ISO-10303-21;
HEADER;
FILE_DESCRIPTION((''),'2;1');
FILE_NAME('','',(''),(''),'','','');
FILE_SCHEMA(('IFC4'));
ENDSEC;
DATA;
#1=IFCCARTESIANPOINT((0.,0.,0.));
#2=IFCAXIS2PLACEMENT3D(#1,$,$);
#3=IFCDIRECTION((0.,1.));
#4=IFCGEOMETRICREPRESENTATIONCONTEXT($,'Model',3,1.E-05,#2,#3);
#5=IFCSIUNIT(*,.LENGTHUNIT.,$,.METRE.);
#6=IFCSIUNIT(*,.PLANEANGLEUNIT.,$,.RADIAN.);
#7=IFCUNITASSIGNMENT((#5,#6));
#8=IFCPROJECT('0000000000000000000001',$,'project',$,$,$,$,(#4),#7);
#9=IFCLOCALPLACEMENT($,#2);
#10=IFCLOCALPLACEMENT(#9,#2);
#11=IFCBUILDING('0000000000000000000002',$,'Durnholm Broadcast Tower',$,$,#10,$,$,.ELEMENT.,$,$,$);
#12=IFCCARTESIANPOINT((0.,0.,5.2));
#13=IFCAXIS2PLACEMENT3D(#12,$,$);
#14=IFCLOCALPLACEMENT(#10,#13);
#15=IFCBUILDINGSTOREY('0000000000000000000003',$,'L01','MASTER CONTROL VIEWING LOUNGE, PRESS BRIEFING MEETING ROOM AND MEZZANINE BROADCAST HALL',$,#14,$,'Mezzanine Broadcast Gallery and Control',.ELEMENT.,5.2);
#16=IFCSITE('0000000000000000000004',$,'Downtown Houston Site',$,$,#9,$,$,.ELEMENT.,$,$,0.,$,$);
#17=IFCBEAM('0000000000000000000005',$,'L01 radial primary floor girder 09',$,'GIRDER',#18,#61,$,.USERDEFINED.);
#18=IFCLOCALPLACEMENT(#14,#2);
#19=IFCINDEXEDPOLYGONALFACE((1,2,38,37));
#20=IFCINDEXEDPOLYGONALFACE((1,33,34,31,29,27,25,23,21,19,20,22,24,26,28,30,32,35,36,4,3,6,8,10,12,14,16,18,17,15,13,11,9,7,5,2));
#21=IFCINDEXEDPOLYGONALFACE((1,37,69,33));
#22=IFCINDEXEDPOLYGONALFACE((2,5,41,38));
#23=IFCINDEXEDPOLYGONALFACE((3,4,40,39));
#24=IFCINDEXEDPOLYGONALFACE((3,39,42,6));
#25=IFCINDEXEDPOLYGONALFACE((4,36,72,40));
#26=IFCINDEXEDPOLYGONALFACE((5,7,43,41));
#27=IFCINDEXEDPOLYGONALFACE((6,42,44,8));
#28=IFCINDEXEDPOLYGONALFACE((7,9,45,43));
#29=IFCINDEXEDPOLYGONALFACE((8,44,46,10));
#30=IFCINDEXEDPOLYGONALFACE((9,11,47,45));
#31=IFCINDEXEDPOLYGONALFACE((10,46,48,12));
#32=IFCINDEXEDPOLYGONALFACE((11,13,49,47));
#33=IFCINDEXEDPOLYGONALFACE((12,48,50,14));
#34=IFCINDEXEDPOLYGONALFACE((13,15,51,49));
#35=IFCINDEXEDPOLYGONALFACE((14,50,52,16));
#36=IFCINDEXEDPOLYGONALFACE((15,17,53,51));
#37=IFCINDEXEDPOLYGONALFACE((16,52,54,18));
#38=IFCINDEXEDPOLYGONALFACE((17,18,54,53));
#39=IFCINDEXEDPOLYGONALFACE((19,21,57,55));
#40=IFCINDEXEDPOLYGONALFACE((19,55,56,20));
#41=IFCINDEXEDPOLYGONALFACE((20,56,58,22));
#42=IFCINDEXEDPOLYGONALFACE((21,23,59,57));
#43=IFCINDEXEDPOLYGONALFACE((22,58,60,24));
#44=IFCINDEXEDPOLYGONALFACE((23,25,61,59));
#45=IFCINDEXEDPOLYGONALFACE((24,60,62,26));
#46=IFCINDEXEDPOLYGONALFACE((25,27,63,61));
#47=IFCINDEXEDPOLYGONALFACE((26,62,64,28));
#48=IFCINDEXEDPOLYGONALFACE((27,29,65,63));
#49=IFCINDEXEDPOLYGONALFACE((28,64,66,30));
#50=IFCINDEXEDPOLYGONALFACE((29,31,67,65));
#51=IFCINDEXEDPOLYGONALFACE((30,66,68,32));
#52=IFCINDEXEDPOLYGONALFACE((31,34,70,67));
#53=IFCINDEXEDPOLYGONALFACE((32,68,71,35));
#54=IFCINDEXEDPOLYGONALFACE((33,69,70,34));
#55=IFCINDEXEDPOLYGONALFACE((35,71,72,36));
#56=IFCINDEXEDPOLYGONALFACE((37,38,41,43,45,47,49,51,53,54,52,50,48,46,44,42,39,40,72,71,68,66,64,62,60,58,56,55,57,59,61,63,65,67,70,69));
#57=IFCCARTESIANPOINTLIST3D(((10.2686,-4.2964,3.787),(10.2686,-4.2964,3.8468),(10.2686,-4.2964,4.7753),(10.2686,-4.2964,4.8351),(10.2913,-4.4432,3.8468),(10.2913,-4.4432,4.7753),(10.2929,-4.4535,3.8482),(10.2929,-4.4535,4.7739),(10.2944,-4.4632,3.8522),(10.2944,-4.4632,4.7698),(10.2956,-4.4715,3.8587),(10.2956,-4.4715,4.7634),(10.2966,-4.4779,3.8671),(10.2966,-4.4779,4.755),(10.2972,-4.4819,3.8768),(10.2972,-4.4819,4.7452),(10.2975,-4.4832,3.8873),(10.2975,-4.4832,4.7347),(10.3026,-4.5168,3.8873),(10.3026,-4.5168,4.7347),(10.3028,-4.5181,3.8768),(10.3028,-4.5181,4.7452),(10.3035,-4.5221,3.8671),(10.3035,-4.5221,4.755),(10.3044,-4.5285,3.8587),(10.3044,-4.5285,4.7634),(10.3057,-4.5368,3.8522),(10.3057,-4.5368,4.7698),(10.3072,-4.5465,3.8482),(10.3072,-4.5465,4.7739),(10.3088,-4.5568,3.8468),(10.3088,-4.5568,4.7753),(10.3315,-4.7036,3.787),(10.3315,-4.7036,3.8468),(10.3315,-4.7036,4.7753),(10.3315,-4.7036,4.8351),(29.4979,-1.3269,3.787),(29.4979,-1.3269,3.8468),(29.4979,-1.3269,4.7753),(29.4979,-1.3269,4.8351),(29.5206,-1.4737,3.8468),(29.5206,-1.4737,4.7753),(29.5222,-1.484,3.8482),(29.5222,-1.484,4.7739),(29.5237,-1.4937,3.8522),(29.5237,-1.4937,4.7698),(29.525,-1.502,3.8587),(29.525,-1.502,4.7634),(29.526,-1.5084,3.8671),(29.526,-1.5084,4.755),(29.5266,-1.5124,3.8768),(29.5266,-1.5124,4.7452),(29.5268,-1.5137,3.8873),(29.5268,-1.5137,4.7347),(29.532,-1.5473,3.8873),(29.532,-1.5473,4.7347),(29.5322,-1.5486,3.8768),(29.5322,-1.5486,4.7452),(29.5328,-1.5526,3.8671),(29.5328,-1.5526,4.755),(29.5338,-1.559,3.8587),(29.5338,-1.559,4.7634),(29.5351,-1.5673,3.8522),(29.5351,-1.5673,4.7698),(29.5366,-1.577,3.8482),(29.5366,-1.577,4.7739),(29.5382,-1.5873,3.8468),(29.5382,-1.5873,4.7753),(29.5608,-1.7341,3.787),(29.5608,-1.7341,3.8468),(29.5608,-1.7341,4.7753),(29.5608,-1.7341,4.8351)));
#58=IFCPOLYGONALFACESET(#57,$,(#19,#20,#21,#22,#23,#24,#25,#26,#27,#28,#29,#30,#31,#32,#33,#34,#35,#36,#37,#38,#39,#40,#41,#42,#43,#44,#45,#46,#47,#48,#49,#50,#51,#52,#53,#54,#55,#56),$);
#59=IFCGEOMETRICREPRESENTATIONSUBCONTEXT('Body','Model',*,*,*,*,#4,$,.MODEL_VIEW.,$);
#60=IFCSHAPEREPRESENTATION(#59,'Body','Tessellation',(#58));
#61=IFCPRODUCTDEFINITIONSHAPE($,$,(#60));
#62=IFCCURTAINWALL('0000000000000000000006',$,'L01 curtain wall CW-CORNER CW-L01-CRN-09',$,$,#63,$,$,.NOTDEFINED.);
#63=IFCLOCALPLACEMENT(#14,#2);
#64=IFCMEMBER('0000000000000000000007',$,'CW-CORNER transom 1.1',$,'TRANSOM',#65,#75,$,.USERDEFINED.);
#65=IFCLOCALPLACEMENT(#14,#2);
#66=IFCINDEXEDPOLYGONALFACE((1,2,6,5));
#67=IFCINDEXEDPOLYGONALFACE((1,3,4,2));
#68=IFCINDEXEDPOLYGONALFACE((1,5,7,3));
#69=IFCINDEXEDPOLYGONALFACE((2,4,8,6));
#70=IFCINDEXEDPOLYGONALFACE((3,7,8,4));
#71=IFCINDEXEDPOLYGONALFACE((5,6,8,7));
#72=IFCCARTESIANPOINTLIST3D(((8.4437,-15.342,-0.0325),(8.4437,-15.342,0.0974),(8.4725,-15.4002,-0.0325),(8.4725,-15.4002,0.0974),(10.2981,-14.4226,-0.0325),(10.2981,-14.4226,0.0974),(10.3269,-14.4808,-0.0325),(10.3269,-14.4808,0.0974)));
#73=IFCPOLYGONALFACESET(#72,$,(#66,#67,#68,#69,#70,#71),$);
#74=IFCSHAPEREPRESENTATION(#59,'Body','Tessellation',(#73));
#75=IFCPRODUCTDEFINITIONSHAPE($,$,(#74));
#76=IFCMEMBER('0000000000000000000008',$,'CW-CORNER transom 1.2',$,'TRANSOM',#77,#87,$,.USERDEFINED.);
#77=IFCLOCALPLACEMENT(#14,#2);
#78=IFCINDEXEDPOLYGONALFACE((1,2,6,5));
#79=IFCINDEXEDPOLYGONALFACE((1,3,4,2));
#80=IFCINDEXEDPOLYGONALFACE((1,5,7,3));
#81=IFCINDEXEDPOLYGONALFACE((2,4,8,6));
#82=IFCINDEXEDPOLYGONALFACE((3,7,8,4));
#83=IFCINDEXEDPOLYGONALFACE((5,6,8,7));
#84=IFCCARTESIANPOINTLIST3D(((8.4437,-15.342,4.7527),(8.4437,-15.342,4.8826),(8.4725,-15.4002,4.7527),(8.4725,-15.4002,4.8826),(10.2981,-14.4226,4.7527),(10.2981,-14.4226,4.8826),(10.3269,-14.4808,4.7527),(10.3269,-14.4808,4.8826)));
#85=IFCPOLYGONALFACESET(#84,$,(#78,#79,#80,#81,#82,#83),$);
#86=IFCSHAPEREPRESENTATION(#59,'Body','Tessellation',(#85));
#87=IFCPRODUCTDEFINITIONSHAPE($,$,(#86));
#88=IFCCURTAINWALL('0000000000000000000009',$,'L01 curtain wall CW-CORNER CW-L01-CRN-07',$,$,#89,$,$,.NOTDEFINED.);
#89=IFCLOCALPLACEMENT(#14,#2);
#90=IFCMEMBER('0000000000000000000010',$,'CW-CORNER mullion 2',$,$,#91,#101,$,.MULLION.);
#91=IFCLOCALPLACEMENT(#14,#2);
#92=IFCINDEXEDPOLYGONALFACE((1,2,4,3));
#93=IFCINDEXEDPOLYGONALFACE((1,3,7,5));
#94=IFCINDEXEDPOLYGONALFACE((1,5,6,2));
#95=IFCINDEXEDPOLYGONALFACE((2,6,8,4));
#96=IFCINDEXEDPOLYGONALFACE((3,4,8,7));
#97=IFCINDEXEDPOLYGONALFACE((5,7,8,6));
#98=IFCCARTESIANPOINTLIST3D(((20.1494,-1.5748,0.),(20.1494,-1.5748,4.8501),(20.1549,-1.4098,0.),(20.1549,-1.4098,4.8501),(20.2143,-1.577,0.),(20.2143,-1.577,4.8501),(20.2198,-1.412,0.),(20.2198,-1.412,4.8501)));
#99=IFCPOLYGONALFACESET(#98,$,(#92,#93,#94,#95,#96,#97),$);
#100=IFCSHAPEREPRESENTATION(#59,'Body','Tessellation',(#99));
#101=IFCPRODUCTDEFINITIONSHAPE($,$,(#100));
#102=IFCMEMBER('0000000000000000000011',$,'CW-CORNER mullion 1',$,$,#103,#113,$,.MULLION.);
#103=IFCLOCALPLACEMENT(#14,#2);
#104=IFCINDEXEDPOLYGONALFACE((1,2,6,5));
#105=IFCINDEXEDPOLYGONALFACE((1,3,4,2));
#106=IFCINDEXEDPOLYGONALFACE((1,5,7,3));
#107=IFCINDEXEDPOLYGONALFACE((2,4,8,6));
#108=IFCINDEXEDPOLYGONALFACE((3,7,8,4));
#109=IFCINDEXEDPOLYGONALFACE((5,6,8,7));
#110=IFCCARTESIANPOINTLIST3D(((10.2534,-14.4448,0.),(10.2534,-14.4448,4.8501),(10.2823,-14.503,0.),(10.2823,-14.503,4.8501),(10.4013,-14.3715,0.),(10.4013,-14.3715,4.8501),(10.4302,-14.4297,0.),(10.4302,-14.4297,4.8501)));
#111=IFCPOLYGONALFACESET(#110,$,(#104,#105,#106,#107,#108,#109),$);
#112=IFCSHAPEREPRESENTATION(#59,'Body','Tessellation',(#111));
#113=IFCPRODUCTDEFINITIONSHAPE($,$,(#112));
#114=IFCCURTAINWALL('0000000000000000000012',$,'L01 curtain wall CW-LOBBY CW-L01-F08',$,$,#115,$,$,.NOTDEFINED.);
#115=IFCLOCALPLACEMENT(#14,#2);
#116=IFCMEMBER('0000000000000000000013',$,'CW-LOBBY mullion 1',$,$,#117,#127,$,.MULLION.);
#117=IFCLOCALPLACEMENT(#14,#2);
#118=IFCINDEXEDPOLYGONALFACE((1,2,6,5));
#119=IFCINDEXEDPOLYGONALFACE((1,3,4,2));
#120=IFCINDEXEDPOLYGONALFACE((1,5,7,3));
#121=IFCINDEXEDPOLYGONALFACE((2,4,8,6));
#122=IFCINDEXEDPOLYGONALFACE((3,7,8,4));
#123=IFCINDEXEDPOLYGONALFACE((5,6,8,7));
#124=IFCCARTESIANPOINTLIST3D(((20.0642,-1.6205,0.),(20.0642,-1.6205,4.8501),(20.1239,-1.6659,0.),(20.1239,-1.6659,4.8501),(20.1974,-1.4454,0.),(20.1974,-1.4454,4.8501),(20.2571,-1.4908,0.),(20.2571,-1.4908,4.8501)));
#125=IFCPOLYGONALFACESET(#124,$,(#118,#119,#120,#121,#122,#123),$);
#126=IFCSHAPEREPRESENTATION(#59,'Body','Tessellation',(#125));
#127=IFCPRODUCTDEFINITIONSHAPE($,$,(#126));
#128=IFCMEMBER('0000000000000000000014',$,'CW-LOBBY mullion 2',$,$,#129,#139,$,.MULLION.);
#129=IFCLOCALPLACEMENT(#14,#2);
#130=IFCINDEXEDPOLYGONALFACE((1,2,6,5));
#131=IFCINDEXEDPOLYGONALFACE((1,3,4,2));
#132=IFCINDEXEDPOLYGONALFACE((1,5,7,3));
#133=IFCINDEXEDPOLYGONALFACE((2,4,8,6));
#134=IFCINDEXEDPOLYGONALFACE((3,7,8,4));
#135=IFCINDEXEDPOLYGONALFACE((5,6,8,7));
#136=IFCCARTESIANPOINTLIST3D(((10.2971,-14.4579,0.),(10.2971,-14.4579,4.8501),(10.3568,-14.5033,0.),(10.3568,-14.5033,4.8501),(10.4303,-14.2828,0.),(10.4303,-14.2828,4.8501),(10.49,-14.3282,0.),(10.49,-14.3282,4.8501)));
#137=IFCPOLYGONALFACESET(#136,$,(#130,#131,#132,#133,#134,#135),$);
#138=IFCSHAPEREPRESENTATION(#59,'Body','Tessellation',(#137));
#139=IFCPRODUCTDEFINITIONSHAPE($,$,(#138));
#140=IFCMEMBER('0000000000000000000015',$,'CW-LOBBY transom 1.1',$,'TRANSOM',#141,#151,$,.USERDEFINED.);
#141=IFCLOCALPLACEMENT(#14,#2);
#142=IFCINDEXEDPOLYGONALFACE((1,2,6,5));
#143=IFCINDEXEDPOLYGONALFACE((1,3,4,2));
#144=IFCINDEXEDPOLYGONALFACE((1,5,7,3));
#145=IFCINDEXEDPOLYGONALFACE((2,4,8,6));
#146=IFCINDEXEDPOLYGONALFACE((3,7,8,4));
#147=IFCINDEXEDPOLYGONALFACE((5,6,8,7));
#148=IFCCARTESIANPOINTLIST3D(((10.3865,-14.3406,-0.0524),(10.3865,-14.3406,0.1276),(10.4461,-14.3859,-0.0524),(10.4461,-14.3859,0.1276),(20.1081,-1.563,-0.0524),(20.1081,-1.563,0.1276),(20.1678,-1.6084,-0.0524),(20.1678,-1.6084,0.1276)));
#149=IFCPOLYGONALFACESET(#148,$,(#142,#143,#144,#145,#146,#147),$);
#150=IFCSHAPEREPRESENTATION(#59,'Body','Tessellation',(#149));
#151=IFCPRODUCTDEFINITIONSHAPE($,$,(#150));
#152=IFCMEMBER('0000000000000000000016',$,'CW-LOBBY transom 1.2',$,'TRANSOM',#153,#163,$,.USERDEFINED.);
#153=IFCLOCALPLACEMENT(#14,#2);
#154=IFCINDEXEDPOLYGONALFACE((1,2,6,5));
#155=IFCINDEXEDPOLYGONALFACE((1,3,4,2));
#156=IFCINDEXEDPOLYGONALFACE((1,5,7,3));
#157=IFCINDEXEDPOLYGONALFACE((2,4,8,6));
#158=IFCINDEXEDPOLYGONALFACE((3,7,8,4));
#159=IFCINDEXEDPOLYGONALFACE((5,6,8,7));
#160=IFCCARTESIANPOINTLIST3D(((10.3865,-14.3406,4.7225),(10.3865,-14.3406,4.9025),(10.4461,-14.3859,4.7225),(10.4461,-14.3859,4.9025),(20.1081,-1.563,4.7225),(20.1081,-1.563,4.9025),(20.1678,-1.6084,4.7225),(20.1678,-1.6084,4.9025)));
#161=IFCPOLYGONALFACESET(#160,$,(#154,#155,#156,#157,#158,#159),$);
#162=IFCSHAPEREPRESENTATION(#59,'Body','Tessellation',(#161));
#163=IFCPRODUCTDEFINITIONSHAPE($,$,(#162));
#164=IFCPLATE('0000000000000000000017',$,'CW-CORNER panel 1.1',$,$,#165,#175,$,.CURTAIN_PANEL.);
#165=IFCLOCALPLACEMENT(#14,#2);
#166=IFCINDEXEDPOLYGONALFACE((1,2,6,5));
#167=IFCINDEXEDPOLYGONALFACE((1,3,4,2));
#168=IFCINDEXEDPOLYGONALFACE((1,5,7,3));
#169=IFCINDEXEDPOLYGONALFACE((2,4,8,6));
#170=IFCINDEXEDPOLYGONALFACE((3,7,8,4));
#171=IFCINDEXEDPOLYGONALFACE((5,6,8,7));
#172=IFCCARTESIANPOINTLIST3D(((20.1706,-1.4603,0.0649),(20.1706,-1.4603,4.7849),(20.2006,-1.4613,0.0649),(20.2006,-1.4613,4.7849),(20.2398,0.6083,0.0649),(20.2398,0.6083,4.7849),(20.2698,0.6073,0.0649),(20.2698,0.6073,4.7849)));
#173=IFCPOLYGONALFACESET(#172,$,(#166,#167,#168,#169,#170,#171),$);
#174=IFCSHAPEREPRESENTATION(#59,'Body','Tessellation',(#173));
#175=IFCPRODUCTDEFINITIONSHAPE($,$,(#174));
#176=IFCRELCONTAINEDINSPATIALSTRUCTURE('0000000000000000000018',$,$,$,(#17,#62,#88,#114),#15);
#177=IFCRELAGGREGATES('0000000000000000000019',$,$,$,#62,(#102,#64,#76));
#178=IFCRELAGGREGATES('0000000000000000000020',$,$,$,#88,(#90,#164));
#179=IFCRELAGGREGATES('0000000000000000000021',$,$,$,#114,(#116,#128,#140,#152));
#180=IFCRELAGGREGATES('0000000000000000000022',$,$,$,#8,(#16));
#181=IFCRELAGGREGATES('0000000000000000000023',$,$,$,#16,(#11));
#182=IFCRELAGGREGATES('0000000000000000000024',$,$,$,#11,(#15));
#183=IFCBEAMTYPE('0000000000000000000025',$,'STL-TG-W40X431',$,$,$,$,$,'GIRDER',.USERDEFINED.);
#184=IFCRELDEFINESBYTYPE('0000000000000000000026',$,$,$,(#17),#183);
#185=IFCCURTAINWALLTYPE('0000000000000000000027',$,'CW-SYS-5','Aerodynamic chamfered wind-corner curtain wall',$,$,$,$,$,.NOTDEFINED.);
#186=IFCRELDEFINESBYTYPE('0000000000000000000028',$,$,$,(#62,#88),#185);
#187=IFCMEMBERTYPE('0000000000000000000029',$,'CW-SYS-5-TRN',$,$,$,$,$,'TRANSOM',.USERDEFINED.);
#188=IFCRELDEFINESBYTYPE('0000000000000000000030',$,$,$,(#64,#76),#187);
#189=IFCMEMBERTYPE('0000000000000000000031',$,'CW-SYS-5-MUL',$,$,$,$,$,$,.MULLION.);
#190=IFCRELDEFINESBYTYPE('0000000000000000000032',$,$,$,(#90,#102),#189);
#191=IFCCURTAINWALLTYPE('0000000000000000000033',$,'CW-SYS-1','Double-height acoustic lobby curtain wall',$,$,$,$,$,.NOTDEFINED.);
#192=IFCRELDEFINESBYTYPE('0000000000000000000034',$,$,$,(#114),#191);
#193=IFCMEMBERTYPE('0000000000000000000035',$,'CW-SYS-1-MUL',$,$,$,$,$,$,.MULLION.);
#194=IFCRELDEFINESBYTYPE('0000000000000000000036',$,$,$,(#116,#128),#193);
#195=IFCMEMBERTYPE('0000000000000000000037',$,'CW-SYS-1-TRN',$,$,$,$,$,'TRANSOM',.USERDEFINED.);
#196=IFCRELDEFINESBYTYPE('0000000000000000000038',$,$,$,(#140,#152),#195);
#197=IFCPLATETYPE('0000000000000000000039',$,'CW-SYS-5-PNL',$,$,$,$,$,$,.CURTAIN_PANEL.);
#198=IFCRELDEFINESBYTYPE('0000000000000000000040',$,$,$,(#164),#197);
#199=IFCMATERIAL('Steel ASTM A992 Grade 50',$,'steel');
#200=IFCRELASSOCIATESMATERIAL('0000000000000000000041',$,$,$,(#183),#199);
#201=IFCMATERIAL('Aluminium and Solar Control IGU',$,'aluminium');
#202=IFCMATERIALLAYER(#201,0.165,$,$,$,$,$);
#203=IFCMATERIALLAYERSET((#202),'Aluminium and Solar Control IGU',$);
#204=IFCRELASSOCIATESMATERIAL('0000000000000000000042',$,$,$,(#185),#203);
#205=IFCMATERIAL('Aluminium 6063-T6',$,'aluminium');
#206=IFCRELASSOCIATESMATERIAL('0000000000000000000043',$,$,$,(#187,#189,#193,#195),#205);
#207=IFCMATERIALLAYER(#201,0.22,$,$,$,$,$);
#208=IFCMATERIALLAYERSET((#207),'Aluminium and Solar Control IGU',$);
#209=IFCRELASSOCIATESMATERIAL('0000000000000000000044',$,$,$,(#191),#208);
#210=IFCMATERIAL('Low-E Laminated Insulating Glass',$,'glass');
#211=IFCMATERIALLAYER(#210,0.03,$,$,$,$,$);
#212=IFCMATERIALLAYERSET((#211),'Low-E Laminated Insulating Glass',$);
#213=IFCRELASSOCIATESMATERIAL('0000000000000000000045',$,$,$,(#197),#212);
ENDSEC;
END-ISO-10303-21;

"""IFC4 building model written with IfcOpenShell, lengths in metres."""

from ifc_helpers import new_model, si_unit, direction, frame, origin, origin_2d, place, context, subcontext, project, spatial, rectangle, i_section, extrude, source, transform, mapped, material, layer, layer_set, material_profile, profile_set, type_object, type_shapes, element, aggregate, save


model = new_model("IFC4")

# Units and contexts
model_context = context("Model", 3, precision=1e-05, world=origin(), true_north=direction((0.0, 1.0)))
body_context = subcontext(model_context, "Body", "Model", "MODEL_VIEW")
ifc_project = project(units=[si_unit("LENGTHUNIT", "METRE"), si_unit("PLANEANGLEUNIT", "RADIAN")], contexts=[model_context])

# Site, building, storey
site_placement = place(None, origin())
site = spatial("IfcSite", under=ifc_project, at=site_placement, Name="Downtown Houston Site", CompositionType="ELEMENT", RefElevation=0.0)
building_placement = place(site_placement, origin())
building = spatial("IfcBuilding", under=site, at=building_placement, Name="Durnholm Broadcast Tower", CompositionType="ELEMENT")
storey_placement = place(building_placement, frame((0.0, 0.0, 5.2)))
storey = spatial("IfcBuildingStorey", under=building, at=storey_placement, Name="L01", Description="MASTER CONTROL VIEWING LOUNGE, PRESS BRIEFING MEETING ROOM AND MEZZANINE BROADCAST HALL", LongName="Mezzanine Broadcast Gallery and Control", CompositionType="ELEMENT", Elevation=5.2)

# Shared definitions
ifc_material_1 = material(Name="Steel ASTM A992 Grade 50", Category="steel")

# Beam
ifc_material_profile_1 = material_profile(ifc_material_1, i_section(OverallWidth=0.4121, OverallDepth=1.0481, WebThickness=0.0339, FlangeThickness=0.0598, FilletRadius=0.0405, at=origin_2d()), Name="W40X431")
ifc_profile_set_1 = profile_set([ifc_material_profile_1], Name="Steel ASTM A992 Grade 50")
beam_type_1 = type_object("IfcBeamType", Name="STL-TG-W40X431", ElementType="GIRDER", PredefinedType="USERDEFINED", material=ifc_profile_set_1)
shared_shape_1 = source(origin(), body_context, "Body", "SweptSolid", [
    extrude(i_section(OverallWidth=0.4121, OverallDepth=1.0481, WebThickness=0.0339, FlangeThickness=0.0598, FilletRadius=0.0405, at=origin_2d()), origin(), (0.0, 0.0, 1.0), 19.4573),
])
type_shapes(beam_type_1, [shared_shape_1])
beam_1_placement = place(storey_placement, frame((10.3, -4.5, 4.311), z_axis=(0.988286, 0.152616, 0.0), x_axis=(-0.152616, 0.988286, 0.0)))
element("IfcBeam", 1, at=beam_1_placement, inside=storey, type_object=beam_type_1, Name="L01 radial primary floor girder 09", ObjectType="GIRDER", PredefinedType="USERDEFINED", context=body_context, shape_type="MappedRepresentation", body=[
    mapped(shared_shape_1, transform((0.0, 0.0, 0.0), x_axis=(1.0, 0.0, 0.0), y_axis=(0.0, 1.0, 0.0), z_axis=(0.0, 0.0, 1.0), scale=1.0)),
])

# Curtain wall, members
ifc_material_2 = material(Name="Aluminium and Solar Control IGU", Category="aluminium")
ifc_layer_1 = layer(ifc_material_2, 0.165)
ifc_layer_set_1 = layer_set([ifc_layer_1], Name="Aluminium and Solar Control IGU")
curtain_wall_type_1 = type_object("IfcCurtainWallType", Name="CW-SYS-5", Description="Aerodynamic chamfered wind-corner curtain wall", PredefinedType="NOTDEFINED", material=ifc_layer_set_1)
curtain_wall_1_placement = place(storey_placement, origin())
curtain_wall_1 = element("IfcCurtainWall", 2, at=curtain_wall_1_placement, inside=storey, type_object=curtain_wall_type_1, Name="L01 curtain wall CW-CORNER CW-L01-CRN-09", PredefinedType="NOTDEFINED")
ifc_material_3 = material(Name="Aluminium 6063-T6", Category="aluminium")
ifc_material_profile_2 = material_profile(ifc_material_3, rectangle(XDim=0.0649, YDim=0.1299, at=origin_2d()), Name="CWT65X130")
ifc_profile_set_2 = profile_set([ifc_material_profile_2], Name="Aluminium 6063-T6")
member_type_1 = type_object("IfcMemberType", Name="CW-SYS-5-TRN", ElementType="TRANSOM", PredefinedType="USERDEFINED", material=ifc_profile_set_2)
shared_shape_2 = source(origin(), body_context, "Body", "SweptSolid", [
    extrude(rectangle(XDim=0.0649, YDim=0.1299, at=origin_2d()), origin(), (0.0, 0.0, 1.0), 2.0698),
])
type_shapes(member_type_1, [shared_shape_2])
member_1_placement = place(storey_placement, frame((10.3125, -14.4517, 0.0325), z_axis=(-0.895932, -0.444192, 0.0), x_axis=(0.444192, -0.895932, 0.0)))
member_1 = element("IfcMember", 3, at=member_1_placement, type_object=member_type_1, Name="CW-CORNER transom 1.1", ObjectType="TRANSOM", PredefinedType="USERDEFINED", context=body_context, shape_type="MappedRepresentation", body=[
    mapped(shared_shape_2, transform((0.0, 0.0, 0.0), x_axis=(1.0, 0.0, 0.0), y_axis=(0.0, 1.0, 0.0), z_axis=(0.0, 0.0, 1.0), scale=1.0)),
])
member_2_placement = place(storey_placement, frame((10.3125, -14.4517, 4.8176), z_axis=(-0.895932, -0.444192, 0.0), x_axis=(0.444192, -0.895932, 0.0)))
member_2 = element("IfcMember", 4, at=member_2_placement, type_object=member_type_1, Name="CW-CORNER transom 1.2", ObjectType="TRANSOM", PredefinedType="USERDEFINED", context=body_context, shape_type="MappedRepresentation", body=[
    mapped(shared_shape_2, transform((0.0, 0.0, 0.0), x_axis=(1.0, 0.0, 0.0), y_axis=(0.0, 1.0, 0.0), z_axis=(0.0, 0.0, 1.0), scale=1.0)),
])

# Curtain wall, member
curtain_wall_2_placement = place(storey_placement, origin())
curtain_wall_2 = element("IfcCurtainWall", 5, at=curtain_wall_2_placement, inside=storey, type_object=curtain_wall_type_1, Name="L01 curtain wall CW-CORNER CW-L01-CRN-07", PredefinedType="NOTDEFINED")
ifc_material_profile_3 = material_profile(ifc_material_3, rectangle(XDim=0.0649, YDim=0.165, at=origin_2d()), Name="CWM65X165")
ifc_profile_set_3 = profile_set([ifc_material_profile_3], Name="Aluminium 6063-T6")
member_type_2 = type_object("IfcMemberType", Name="CW-SYS-5-MUL", PredefinedType="MULLION", material=ifc_profile_set_3)
shared_shape_3 = source(origin(), body_context, "Body", "SweptSolid", [
    extrude(rectangle(XDim=0.0649, YDim=0.165, at=origin_2d()), origin(), (0.0, 0.0, 1.0), 4.8501),
])
type_shapes(member_type_2, [shared_shape_3])
member_3_placement = place(storey_placement, frame((20.1846, -1.4934, 0.0), z_axis=(0.0, 0.0, 1.0), x_axis=(0.999442, -0.03341, 0.0)))
member_3 = element("IfcMember", 6, at=member_3_placement, type_object=member_type_2, Name="CW-CORNER mullion 2", PredefinedType="MULLION", context=body_context, shape_type="MappedRepresentation", body=[
    mapped(shared_shape_3, transform((0.0, 0.0, 0.0), x_axis=(1.0, 0.0, 0.0), y_axis=(0.0, 1.0, 0.0), z_axis=(0.0, 0.0, 1.0), scale=1.0)),
])

# Member
member_4_placement = place(storey_placement, frame((10.3418, -14.4373, 0.0), z_axis=(0.0, 0.0, 1.0), x_axis=(0.444138, -0.895958, 0.0)))
member_4 = element("IfcMember", 7, at=member_4_placement, type_object=member_type_2, Name="CW-CORNER mullion 1", PredefinedType="MULLION", context=body_context, shape_type="MappedRepresentation", body=[
    mapped(shared_shape_3, transform((0.0, 0.0, 0.0), x_axis=(1.0, 0.0, 0.0), y_axis=(0.0, 1.0, 0.0), z_axis=(0.0, 0.0, 1.0), scale=1.0)),
])
aggregate(curtain_wall_1, [member_4, member_1, member_2])

# Curtain wall, members
ifc_layer_2 = layer(ifc_material_2, 0.22)
ifc_layer_set_2 = layer_set([ifc_layer_2], Name="Aluminium and Solar Control IGU")
curtain_wall_type_2 = type_object("IfcCurtainWallType", Name="CW-SYS-1", Description="Double-height acoustic lobby curtain wall", PredefinedType="NOTDEFINED", material=ifc_layer_set_2)
curtain_wall_3_placement = place(storey_placement, origin())
curtain_wall_3 = element("IfcCurtainWall", 8, at=curtain_wall_3_placement, inside=storey, type_object=curtain_wall_type_2, Name="L01 curtain wall CW-LOBBY CW-L01-F08", PredefinedType="NOTDEFINED")
ifc_material_profile_4 = material_profile(ifc_material_3, rectangle(XDim=0.075, YDim=0.22, at=origin_2d()), Name="CWM75X220")
ifc_profile_set_4 = profile_set([ifc_material_profile_4], Name="Aluminium 6063-T6")
member_type_3 = type_object("IfcMemberType", Name="CW-SYS-1-MUL", PredefinedType="MULLION", material=ifc_profile_set_4)
shared_shape_4 = source(origin(), body_context, "Body", "SweptSolid", [
    extrude(rectangle(XDim=0.075, YDim=0.22, at=origin_2d()), origin(), (0.0, 0.0, 1.0), 4.8501),
])
type_shapes(member_type_3, [shared_shape_4])
member_5_placement = place(storey_placement, frame((20.1606, -1.5557, 0.0), z_axis=(0.0, 0.0, 1.0), x_axis=(0.795839, -0.605509, 0.0)))
member_5 = element("IfcMember", 9, at=member_5_placement, type_object=member_type_3, Name="CW-LOBBY mullion 1", PredefinedType="MULLION", context=body_context, shape_type="MappedRepresentation", body=[
    mapped(shared_shape_4, transform((0.0, 0.0, 0.0), x_axis=(1.0, 0.0, 0.0), y_axis=(0.0, 1.0, 0.0), z_axis=(0.0, 0.0, 1.0), scale=1.0)),
])
member_6_placement = place(storey_placement, frame((10.3936, -14.3931, 0.0), z_axis=(0.0, 0.0, 1.0), x_axis=(0.795839, -0.605509, 0.0)))
member_6 = element("IfcMember", 10, at=member_6_placement, type_object=member_type_3, Name="CW-LOBBY mullion 2", PredefinedType="MULLION", context=body_context, shape_type="MappedRepresentation", body=[
    mapped(shared_shape_4, transform((0.0, 0.0, 0.0), x_axis=(1.0, 0.0, 0.0), y_axis=(0.0, 1.0, 0.0), z_axis=(0.0, 0.0, 1.0), scale=1.0)),
])
ifc_material_profile_5 = material_profile(ifc_material_3, rectangle(XDim=0.075, YDim=0.1799, at=origin_2d()), Name="CWT75X180")
ifc_profile_set_5 = profile_set([ifc_material_profile_5], Name="Aluminium 6063-T6")
member_type_4 = type_object("IfcMemberType", Name="CW-SYS-1-TRN", ElementType="TRANSOM", PredefinedType="USERDEFINED", material=ifc_profile_set_5)
shared_shape_5 = source(origin(), body_context, "Body", "SweptSolid", [
    extrude(rectangle(XDim=0.075, YDim=0.1799, at=origin_2d()), origin(), (0.0, 0.0, 1.0), 16.0554),
])
type_shapes(member_type_4, [shared_shape_5])
member_7_placement = place(storey_placement, frame((20.1379, -1.5857, 0.0376), z_axis=(-0.605506, -0.795841, 0.0), x_axis=(0.795841, -0.605506, 0.0)))
member_7 = element("IfcMember", 11, at=member_7_placement, type_object=member_type_4, Name="CW-LOBBY transom 1.1", ObjectType="TRANSOM", PredefinedType="USERDEFINED", context=body_context, shape_type="MappedRepresentation", body=[
    mapped(shared_shape_5, transform((0.0, 0.0, 0.0), x_axis=(1.0, 0.0, 0.0), y_axis=(0.0, 1.0, 0.0), z_axis=(0.0, 0.0, 1.0), scale=1.0)),
])
member_8_placement = place(storey_placement, frame((20.1379, -1.5857, 4.8125), z_axis=(-0.605506, -0.795841, 0.0), x_axis=(0.795841, -0.605506, 0.0)))
member_8 = element("IfcMember", 12, at=member_8_placement, type_object=member_type_4, Name="CW-LOBBY transom 1.2", ObjectType="TRANSOM", PredefinedType="USERDEFINED", context=body_context, shape_type="MappedRepresentation", body=[
    mapped(shared_shape_5, transform((0.0, 0.0, 0.0), x_axis=(1.0, 0.0, 0.0), y_axis=(0.0, 1.0, 0.0), z_axis=(0.0, 0.0, 1.0), scale=1.0)),
])

# Plate
ifc_material_4 = material(Name="Low-E Laminated Insulating Glass", Category="glass")
ifc_layer_3 = layer(ifc_material_4, 0.03)
ifc_layer_set_3 = layer_set([ifc_layer_3], Name="Low-E Laminated Insulating Glass")
plate_type_1 = type_object("IfcPlateType", Name="CW-SYS-5-PNL", PredefinedType="CURTAIN_PANEL", material=ifc_layer_set_3)
shared_shape_6 = source(origin(), body_context, "Body", "SweptSolid", [
    extrude(rectangle(XDim=2.0698, YDim=0.03, at=origin_2d()), origin(), (0.0, 0.0, 1.0), 4.72),
])
type_shapes(plate_type_1, [shared_shape_6])
plate_1_placement = place(storey_placement, frame((20.2202, -0.4265, 0.0649), z_axis=(0.0, 0.0, 1.0), x_axis=(-0.03341, -0.999442, 0.0)))
plate_1 = element("IfcPlate", 13, at=plate_1_placement, type_object=plate_type_1, Name="CW-CORNER panel 1.1", PredefinedType="CURTAIN_PANEL", context=body_context, shape_type="MappedRepresentation", body=[
    mapped(shared_shape_6, transform((0.0, 0.0, 0.0), x_axis=(1.0, 0.0, 0.0), y_axis=(0.0, 1.0, 0.0), z_axis=(0.0, 0.0, 1.0), scale=1.0)),
])
aggregate(curtain_wall_2, [member_3, plate_1])
aggregate(curtain_wall_3, [member_5, member_6, member_7, member_8])

save(model, "model.ifc")
